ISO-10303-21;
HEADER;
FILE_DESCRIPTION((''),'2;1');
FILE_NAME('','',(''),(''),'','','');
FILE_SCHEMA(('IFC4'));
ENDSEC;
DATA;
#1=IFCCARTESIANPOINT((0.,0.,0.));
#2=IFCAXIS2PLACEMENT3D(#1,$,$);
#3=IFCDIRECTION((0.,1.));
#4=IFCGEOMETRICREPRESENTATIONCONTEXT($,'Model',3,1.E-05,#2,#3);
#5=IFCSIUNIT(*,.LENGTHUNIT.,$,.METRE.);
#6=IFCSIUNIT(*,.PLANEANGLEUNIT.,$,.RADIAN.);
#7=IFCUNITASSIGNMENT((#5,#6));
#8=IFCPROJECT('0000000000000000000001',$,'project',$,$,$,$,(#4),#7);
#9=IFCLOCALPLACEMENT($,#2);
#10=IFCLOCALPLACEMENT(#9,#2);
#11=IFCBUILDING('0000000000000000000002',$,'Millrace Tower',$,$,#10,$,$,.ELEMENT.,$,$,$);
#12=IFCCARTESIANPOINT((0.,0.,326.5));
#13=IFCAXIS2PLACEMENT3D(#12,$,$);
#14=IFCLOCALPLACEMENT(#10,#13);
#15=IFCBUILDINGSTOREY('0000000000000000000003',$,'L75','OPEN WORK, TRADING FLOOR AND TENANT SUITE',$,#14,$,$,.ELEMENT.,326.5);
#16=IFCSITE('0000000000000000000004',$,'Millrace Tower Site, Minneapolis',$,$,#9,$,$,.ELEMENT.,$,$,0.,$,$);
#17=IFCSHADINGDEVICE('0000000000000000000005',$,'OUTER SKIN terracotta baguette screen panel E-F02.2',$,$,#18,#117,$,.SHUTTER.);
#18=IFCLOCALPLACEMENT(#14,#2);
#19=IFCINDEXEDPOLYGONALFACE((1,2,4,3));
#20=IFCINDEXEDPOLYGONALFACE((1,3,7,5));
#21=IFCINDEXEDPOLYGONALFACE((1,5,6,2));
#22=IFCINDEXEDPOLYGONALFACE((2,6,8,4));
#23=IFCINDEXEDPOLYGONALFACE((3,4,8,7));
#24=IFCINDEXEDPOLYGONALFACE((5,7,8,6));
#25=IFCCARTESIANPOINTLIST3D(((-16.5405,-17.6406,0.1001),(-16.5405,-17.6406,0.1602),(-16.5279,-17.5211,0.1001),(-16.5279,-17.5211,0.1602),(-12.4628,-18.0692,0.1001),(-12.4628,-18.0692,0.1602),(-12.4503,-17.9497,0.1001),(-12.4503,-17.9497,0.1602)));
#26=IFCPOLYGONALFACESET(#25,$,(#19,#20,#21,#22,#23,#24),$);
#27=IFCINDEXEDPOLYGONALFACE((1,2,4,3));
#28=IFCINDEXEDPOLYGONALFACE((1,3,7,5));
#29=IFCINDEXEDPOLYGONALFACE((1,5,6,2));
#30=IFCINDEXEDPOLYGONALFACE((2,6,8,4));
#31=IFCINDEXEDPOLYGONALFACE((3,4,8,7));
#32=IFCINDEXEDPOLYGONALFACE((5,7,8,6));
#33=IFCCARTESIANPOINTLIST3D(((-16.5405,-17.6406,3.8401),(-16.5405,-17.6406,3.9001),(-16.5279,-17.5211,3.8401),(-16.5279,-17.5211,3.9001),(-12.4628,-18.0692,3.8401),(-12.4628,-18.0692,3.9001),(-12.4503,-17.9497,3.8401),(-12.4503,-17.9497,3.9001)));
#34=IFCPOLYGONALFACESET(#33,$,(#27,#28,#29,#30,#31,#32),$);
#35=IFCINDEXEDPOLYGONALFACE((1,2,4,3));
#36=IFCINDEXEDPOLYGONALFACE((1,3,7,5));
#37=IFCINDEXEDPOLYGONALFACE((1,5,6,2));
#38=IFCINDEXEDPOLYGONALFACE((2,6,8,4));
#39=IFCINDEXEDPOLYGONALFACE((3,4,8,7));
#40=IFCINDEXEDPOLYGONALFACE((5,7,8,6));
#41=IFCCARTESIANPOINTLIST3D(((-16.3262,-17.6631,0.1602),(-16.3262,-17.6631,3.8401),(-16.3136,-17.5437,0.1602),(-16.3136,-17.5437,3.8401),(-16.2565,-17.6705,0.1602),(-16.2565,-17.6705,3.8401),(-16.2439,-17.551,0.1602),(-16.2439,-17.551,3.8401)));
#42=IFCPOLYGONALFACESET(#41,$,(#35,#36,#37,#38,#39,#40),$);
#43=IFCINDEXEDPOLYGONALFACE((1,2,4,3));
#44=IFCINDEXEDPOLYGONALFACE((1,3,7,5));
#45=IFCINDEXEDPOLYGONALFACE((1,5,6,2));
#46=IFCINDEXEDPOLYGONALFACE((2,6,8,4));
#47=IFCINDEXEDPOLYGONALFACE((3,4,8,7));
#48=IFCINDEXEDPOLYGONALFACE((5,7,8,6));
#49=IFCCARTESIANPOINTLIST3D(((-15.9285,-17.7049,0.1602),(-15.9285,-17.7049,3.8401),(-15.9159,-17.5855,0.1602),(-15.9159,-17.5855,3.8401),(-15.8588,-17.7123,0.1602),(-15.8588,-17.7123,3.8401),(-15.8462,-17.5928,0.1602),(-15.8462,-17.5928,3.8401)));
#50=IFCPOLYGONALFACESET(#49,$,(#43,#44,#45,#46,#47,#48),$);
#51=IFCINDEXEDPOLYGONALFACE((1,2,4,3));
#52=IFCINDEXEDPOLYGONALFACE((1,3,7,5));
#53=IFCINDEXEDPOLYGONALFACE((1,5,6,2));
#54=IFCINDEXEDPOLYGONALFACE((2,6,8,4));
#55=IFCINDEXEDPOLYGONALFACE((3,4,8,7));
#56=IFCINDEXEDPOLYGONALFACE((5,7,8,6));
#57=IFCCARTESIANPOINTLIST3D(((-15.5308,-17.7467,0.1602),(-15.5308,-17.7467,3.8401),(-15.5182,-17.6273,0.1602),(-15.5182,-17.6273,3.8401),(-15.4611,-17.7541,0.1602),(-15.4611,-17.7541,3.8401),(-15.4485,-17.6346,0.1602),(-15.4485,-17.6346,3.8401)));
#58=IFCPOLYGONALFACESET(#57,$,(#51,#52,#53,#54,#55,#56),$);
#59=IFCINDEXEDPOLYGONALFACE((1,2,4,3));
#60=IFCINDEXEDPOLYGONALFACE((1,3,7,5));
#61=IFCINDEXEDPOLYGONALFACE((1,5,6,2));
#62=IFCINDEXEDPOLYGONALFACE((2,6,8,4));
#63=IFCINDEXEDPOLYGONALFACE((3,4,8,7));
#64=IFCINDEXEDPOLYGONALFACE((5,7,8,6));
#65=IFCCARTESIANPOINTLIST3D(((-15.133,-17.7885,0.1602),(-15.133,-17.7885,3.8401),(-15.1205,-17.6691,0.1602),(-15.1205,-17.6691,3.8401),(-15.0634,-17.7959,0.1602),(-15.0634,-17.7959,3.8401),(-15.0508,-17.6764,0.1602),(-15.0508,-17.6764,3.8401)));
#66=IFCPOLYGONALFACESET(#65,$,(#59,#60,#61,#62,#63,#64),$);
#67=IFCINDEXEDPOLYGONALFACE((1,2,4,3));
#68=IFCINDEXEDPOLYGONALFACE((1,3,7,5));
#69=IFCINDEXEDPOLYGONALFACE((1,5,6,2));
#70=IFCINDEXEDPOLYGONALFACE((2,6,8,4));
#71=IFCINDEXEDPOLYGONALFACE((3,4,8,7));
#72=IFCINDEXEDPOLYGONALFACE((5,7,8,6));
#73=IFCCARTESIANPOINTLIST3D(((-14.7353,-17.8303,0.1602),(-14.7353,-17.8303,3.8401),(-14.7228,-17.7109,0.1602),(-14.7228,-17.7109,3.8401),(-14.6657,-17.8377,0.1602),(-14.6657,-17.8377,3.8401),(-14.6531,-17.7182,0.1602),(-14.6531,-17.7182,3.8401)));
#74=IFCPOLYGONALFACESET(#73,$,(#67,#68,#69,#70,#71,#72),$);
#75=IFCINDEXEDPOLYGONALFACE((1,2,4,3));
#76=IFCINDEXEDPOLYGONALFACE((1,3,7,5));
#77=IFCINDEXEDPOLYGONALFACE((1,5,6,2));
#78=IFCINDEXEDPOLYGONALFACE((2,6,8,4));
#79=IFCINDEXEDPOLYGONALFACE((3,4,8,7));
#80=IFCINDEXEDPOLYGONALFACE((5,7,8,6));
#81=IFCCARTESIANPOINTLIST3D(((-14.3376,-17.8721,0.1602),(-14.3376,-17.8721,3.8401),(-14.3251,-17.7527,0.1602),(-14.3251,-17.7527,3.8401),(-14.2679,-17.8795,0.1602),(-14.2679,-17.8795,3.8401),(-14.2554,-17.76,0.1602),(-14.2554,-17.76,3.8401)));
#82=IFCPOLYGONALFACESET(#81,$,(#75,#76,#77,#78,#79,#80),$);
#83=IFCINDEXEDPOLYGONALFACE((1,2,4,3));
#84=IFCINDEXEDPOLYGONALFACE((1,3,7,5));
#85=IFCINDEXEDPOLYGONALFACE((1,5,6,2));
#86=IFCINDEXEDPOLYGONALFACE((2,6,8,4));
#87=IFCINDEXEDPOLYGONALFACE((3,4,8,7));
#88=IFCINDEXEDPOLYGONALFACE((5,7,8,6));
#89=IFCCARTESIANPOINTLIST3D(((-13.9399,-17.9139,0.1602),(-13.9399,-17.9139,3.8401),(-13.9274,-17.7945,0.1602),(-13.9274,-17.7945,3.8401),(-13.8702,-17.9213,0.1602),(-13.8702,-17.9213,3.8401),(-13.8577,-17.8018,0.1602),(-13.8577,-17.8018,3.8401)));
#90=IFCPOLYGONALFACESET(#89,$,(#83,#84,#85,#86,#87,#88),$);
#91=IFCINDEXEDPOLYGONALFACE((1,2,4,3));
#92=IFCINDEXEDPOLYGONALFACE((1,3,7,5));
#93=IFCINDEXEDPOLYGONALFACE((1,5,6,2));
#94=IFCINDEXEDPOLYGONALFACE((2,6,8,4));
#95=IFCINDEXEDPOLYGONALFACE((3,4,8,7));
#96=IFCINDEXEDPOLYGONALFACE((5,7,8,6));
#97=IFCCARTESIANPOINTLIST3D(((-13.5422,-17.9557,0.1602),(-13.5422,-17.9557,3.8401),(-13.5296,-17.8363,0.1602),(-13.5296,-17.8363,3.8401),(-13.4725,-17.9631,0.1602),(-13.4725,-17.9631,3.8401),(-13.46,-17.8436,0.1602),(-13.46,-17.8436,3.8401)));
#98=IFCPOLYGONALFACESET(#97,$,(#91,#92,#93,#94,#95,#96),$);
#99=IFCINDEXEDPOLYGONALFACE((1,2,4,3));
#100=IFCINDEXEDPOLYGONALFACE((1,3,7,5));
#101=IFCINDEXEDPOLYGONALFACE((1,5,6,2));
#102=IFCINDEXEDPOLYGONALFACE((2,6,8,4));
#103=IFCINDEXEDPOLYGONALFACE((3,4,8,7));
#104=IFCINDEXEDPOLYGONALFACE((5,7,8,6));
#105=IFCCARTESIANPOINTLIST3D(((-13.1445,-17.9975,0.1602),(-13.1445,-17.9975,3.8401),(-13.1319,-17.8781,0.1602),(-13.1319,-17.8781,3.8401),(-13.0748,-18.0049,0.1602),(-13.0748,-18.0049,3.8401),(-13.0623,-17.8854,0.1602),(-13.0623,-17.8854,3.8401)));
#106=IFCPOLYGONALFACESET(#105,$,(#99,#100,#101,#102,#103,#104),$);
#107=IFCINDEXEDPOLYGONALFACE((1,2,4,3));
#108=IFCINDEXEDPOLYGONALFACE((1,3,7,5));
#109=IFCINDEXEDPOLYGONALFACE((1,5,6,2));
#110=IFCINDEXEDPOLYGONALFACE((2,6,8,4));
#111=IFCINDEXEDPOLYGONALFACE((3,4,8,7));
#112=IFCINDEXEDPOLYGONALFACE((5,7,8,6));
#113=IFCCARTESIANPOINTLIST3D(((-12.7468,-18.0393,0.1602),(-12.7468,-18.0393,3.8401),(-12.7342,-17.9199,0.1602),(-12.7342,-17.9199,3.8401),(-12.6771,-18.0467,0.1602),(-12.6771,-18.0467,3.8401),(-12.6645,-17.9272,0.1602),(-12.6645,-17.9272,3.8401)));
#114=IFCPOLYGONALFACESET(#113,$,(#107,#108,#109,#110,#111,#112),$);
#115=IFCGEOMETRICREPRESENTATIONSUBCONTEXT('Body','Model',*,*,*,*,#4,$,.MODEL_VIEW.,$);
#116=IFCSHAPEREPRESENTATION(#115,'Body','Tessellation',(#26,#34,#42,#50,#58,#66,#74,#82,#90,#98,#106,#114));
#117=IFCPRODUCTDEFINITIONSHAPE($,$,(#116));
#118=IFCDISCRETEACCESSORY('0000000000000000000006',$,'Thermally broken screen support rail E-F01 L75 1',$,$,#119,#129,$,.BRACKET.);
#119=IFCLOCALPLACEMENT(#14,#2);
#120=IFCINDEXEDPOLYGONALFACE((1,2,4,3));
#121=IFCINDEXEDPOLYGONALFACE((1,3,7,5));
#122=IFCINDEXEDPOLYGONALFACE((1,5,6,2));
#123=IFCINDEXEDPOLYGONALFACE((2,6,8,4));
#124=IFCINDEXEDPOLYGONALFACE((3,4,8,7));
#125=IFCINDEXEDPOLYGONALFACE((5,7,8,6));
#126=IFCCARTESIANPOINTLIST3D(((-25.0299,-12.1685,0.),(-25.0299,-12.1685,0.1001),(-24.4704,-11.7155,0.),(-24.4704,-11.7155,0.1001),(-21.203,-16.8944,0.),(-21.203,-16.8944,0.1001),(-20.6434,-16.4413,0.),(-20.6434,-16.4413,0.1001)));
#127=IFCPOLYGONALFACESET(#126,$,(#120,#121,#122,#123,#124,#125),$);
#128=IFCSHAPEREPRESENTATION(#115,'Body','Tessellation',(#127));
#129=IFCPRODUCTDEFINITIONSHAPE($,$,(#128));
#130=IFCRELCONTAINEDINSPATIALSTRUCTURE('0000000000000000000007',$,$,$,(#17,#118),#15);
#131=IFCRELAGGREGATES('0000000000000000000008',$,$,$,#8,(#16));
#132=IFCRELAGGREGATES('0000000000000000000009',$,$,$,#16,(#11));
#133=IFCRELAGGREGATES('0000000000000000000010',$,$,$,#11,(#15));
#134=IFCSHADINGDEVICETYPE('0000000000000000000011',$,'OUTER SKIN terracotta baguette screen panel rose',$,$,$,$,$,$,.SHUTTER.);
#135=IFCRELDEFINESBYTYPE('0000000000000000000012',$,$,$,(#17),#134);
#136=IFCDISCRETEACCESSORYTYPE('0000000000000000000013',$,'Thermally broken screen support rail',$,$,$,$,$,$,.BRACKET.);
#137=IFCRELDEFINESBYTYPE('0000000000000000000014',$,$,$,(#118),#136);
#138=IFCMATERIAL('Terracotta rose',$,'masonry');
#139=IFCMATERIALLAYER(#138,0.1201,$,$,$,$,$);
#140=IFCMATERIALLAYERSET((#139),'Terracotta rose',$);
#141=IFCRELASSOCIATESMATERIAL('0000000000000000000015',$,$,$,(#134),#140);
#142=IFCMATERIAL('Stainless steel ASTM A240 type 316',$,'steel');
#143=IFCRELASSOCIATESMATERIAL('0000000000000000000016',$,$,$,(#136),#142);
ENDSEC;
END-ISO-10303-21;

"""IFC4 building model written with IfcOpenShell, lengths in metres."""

from ifc_helpers import new_model, entity, si_unit, direction, frame, frame_2d, origin, origin_2d, place, context, subcontext, project, spatial, rectangle, extrude, source, transform, mapped, material, layer, layer_set, type_object, element, save


model = new_model("IFC4")

# Units and contexts
model_context = context("Model", 3, precision=1e-05, world=origin(), true_north=direction((0.0, 1.0)))
body_context = subcontext(model_context, "Body", "Model", "MODEL_VIEW")
ifc_project = project(units=[si_unit("LENGTHUNIT", "METRE"), si_unit("PLANEANGLEUNIT", "RADIAN")], contexts=[model_context])

# Site, building, storey
site_placement = place(None, origin())
site = spatial("IfcSite", under=ifc_project, at=site_placement, Name="Millrace Tower Site, Minneapolis", CompositionType="ELEMENT", RefElevation=0.0)
building_placement = place(site_placement, origin())
building = spatial("IfcBuilding", under=site, at=building_placement, Name="Millrace Tower", CompositionType="ELEMENT")
storey_placement = place(building_placement, frame((0.0, 0.0, 326.5)))
storey = spatial("IfcBuildingStorey", under=building, at=storey_placement, Name="L75", Description="OPEN WORK, TRADING FLOOR AND TENANT SUITE", CompositionType="ELEMENT", Elevation=326.5)

# Shading device
ifc_material_1 = material(Name="Terracotta rose", Category="masonry")
ifc_layer_1 = layer(ifc_material_1, 0.1201)
ifc_layer_set_1 = layer_set([ifc_layer_1], Name="Terracotta rose")
shading_device_type = type_object("IfcShadingDeviceType", Name="OUTER SKIN terracotta baguette screen panel rose", PredefinedType="SHUTTER", material=ifc_layer_set_1)
cartesian_point_1 = entity("IfcCartesianPoint", [-2.05, 0.0601])
shared_polyline_1 = entity("IfcPolyline", [cartesian_point_1, entity("IfcCartesianPoint", [2.05, 0.0601]), entity("IfcCartesianPoint", [2.05, -0.0601]), entity("IfcCartesianPoint", [-2.05, -0.0601]), cartesian_point_1])
shared_shape_1 = source(origin(), body_context, "Body", "SweptSolid", [
    entity("IfcExtrudedAreaSolid", entity("IfcArbitraryClosedProfileDef", "AREA", None, shared_polyline_1), entity("IfcAxis2Placement3D", entity("IfcCartesianPoint", [0.0, 0.0, 0.0])), entity("IfcDirection", [0.0, 0.0, 1.0]), 0.0601),
    entity("IfcExtrudedAreaSolid", entity("IfcArbitraryClosedProfileDef", "AREA", None, shared_polyline_1), entity("IfcAxis2Placement3D", entity("IfcCartesianPoint", [0.0, 0.0, 3.74])), entity("IfcDirection", [0.0, 0.0, 1.0]), 0.0601),
    extrude(rectangle(XDim=0.0701, YDim=0.1201, at=frame_2d((-1.7996, 0.0))), frame((0.0, 0.0, 0.0601)), (0.0, 0.0, 1.0), 3.6799),
    extrude(rectangle(XDim=0.0701, YDim=0.1201, at=frame_2d((-1.3997, 0.0))), frame((0.0, 0.0, 0.0601)), (0.0, 0.0, 1.0), 3.6799),
    extrude(rectangle(XDim=0.0701, YDim=0.1201, at=frame_2d((-0.9998, 0.0))), frame((0.0, 0.0, 0.0601)), (0.0, 0.0, 1.0), 3.6799),
    extrude(rectangle(XDim=0.0701, YDim=0.1201, at=frame_2d((-0.5999, 0.0))), frame((0.0, 0.0, 0.0601)), (0.0, 0.0, 1.0), 3.6799),
    extrude(rectangle(XDim=0.0701, YDim=0.1201, at=frame_2d((-0.2, 0.0))), frame((0.0, 0.0, 0.0601)), (0.0, 0.0, 1.0), 3.6799),
    extrude(rectangle(XDim=0.0701, YDim=0.1201, at=frame_2d((0.2, 0.0))), frame((0.0, 0.0, 0.0601)), (0.0, 0.0, 1.0), 3.6799),
    extrude(rectangle(XDim=0.0701, YDim=0.1201, at=frame_2d((0.5999, 0.0))), frame((0.0, 0.0, 0.0601)), (0.0, 0.0, 1.0), 3.6799),
    extrude(rectangle(XDim=0.0701, YDim=0.1201, at=frame_2d((0.9998, 0.0))), frame((0.0, 0.0, 0.0601)), (0.0, 0.0, 1.0), 3.6799),
    extrude(rectangle(XDim=0.0701, YDim=0.1201, at=frame_2d((1.3997, 0.0))), frame((0.0, 0.0, 0.0601)), (0.0, 0.0, 1.0), 3.6799),
    extrude(rectangle(XDim=0.0701, YDim=0.1201, at=frame_2d((1.7996, 0.0))), frame((0.0, 0.0, 0.0601)), (0.0, 0.0, 1.0), 3.6799),
])
shading_device_1_placement = place(storey_placement, frame((-14.4954, -17.7952, 0.1001), z_axis=(0.0, 0.0, 1.0), x_axis=(0.994522, -0.104528, 0.0)))
element("IfcShadingDevice", 1, at=shading_device_1_placement, inside=storey, type_object=shading_device_type, Name="OUTER SKIN terracotta baguette screen panel E-F02.2", PredefinedType="SHUTTER", context=body_context, shape_type="MappedRepresentation", body=[
    mapped(shared_shape_1, transform((0.0, 0.0, 0.0), scale=1.0)),
])

# Discrete accessory
ifc_material_2 = material(Name="Stainless steel ASTM A240 type 316", Category="steel")
discrete_accessory_type = type_object("IfcDiscreteAccessoryType", Name="Thermally broken screen support rail", PredefinedType="BRACKET", material=ifc_material_2)
discrete_accessory_placement = place(storey_placement, frame((-22.8367, -14.3049, 0.0), z_axis=(0.0, 0.0, 1.0), x_axis=(0.62932, -0.777146, 0.0)))
element("IfcDiscreteAccessory", 2, at=discrete_accessory_placement, inside=storey, type_object=discrete_accessory_type, Name="Thermally broken screen support rail E-F01 L75 1", PredefinedType="BRACKET", context=body_context, shape_type="SweptSolid", body=[
    extrude(rectangle(XDim=6.0811, YDim=0.72, at=origin_2d()), origin(), (0.0, 0.0, 1.0), 0.1001),
])

save(model, "model.ifc")
